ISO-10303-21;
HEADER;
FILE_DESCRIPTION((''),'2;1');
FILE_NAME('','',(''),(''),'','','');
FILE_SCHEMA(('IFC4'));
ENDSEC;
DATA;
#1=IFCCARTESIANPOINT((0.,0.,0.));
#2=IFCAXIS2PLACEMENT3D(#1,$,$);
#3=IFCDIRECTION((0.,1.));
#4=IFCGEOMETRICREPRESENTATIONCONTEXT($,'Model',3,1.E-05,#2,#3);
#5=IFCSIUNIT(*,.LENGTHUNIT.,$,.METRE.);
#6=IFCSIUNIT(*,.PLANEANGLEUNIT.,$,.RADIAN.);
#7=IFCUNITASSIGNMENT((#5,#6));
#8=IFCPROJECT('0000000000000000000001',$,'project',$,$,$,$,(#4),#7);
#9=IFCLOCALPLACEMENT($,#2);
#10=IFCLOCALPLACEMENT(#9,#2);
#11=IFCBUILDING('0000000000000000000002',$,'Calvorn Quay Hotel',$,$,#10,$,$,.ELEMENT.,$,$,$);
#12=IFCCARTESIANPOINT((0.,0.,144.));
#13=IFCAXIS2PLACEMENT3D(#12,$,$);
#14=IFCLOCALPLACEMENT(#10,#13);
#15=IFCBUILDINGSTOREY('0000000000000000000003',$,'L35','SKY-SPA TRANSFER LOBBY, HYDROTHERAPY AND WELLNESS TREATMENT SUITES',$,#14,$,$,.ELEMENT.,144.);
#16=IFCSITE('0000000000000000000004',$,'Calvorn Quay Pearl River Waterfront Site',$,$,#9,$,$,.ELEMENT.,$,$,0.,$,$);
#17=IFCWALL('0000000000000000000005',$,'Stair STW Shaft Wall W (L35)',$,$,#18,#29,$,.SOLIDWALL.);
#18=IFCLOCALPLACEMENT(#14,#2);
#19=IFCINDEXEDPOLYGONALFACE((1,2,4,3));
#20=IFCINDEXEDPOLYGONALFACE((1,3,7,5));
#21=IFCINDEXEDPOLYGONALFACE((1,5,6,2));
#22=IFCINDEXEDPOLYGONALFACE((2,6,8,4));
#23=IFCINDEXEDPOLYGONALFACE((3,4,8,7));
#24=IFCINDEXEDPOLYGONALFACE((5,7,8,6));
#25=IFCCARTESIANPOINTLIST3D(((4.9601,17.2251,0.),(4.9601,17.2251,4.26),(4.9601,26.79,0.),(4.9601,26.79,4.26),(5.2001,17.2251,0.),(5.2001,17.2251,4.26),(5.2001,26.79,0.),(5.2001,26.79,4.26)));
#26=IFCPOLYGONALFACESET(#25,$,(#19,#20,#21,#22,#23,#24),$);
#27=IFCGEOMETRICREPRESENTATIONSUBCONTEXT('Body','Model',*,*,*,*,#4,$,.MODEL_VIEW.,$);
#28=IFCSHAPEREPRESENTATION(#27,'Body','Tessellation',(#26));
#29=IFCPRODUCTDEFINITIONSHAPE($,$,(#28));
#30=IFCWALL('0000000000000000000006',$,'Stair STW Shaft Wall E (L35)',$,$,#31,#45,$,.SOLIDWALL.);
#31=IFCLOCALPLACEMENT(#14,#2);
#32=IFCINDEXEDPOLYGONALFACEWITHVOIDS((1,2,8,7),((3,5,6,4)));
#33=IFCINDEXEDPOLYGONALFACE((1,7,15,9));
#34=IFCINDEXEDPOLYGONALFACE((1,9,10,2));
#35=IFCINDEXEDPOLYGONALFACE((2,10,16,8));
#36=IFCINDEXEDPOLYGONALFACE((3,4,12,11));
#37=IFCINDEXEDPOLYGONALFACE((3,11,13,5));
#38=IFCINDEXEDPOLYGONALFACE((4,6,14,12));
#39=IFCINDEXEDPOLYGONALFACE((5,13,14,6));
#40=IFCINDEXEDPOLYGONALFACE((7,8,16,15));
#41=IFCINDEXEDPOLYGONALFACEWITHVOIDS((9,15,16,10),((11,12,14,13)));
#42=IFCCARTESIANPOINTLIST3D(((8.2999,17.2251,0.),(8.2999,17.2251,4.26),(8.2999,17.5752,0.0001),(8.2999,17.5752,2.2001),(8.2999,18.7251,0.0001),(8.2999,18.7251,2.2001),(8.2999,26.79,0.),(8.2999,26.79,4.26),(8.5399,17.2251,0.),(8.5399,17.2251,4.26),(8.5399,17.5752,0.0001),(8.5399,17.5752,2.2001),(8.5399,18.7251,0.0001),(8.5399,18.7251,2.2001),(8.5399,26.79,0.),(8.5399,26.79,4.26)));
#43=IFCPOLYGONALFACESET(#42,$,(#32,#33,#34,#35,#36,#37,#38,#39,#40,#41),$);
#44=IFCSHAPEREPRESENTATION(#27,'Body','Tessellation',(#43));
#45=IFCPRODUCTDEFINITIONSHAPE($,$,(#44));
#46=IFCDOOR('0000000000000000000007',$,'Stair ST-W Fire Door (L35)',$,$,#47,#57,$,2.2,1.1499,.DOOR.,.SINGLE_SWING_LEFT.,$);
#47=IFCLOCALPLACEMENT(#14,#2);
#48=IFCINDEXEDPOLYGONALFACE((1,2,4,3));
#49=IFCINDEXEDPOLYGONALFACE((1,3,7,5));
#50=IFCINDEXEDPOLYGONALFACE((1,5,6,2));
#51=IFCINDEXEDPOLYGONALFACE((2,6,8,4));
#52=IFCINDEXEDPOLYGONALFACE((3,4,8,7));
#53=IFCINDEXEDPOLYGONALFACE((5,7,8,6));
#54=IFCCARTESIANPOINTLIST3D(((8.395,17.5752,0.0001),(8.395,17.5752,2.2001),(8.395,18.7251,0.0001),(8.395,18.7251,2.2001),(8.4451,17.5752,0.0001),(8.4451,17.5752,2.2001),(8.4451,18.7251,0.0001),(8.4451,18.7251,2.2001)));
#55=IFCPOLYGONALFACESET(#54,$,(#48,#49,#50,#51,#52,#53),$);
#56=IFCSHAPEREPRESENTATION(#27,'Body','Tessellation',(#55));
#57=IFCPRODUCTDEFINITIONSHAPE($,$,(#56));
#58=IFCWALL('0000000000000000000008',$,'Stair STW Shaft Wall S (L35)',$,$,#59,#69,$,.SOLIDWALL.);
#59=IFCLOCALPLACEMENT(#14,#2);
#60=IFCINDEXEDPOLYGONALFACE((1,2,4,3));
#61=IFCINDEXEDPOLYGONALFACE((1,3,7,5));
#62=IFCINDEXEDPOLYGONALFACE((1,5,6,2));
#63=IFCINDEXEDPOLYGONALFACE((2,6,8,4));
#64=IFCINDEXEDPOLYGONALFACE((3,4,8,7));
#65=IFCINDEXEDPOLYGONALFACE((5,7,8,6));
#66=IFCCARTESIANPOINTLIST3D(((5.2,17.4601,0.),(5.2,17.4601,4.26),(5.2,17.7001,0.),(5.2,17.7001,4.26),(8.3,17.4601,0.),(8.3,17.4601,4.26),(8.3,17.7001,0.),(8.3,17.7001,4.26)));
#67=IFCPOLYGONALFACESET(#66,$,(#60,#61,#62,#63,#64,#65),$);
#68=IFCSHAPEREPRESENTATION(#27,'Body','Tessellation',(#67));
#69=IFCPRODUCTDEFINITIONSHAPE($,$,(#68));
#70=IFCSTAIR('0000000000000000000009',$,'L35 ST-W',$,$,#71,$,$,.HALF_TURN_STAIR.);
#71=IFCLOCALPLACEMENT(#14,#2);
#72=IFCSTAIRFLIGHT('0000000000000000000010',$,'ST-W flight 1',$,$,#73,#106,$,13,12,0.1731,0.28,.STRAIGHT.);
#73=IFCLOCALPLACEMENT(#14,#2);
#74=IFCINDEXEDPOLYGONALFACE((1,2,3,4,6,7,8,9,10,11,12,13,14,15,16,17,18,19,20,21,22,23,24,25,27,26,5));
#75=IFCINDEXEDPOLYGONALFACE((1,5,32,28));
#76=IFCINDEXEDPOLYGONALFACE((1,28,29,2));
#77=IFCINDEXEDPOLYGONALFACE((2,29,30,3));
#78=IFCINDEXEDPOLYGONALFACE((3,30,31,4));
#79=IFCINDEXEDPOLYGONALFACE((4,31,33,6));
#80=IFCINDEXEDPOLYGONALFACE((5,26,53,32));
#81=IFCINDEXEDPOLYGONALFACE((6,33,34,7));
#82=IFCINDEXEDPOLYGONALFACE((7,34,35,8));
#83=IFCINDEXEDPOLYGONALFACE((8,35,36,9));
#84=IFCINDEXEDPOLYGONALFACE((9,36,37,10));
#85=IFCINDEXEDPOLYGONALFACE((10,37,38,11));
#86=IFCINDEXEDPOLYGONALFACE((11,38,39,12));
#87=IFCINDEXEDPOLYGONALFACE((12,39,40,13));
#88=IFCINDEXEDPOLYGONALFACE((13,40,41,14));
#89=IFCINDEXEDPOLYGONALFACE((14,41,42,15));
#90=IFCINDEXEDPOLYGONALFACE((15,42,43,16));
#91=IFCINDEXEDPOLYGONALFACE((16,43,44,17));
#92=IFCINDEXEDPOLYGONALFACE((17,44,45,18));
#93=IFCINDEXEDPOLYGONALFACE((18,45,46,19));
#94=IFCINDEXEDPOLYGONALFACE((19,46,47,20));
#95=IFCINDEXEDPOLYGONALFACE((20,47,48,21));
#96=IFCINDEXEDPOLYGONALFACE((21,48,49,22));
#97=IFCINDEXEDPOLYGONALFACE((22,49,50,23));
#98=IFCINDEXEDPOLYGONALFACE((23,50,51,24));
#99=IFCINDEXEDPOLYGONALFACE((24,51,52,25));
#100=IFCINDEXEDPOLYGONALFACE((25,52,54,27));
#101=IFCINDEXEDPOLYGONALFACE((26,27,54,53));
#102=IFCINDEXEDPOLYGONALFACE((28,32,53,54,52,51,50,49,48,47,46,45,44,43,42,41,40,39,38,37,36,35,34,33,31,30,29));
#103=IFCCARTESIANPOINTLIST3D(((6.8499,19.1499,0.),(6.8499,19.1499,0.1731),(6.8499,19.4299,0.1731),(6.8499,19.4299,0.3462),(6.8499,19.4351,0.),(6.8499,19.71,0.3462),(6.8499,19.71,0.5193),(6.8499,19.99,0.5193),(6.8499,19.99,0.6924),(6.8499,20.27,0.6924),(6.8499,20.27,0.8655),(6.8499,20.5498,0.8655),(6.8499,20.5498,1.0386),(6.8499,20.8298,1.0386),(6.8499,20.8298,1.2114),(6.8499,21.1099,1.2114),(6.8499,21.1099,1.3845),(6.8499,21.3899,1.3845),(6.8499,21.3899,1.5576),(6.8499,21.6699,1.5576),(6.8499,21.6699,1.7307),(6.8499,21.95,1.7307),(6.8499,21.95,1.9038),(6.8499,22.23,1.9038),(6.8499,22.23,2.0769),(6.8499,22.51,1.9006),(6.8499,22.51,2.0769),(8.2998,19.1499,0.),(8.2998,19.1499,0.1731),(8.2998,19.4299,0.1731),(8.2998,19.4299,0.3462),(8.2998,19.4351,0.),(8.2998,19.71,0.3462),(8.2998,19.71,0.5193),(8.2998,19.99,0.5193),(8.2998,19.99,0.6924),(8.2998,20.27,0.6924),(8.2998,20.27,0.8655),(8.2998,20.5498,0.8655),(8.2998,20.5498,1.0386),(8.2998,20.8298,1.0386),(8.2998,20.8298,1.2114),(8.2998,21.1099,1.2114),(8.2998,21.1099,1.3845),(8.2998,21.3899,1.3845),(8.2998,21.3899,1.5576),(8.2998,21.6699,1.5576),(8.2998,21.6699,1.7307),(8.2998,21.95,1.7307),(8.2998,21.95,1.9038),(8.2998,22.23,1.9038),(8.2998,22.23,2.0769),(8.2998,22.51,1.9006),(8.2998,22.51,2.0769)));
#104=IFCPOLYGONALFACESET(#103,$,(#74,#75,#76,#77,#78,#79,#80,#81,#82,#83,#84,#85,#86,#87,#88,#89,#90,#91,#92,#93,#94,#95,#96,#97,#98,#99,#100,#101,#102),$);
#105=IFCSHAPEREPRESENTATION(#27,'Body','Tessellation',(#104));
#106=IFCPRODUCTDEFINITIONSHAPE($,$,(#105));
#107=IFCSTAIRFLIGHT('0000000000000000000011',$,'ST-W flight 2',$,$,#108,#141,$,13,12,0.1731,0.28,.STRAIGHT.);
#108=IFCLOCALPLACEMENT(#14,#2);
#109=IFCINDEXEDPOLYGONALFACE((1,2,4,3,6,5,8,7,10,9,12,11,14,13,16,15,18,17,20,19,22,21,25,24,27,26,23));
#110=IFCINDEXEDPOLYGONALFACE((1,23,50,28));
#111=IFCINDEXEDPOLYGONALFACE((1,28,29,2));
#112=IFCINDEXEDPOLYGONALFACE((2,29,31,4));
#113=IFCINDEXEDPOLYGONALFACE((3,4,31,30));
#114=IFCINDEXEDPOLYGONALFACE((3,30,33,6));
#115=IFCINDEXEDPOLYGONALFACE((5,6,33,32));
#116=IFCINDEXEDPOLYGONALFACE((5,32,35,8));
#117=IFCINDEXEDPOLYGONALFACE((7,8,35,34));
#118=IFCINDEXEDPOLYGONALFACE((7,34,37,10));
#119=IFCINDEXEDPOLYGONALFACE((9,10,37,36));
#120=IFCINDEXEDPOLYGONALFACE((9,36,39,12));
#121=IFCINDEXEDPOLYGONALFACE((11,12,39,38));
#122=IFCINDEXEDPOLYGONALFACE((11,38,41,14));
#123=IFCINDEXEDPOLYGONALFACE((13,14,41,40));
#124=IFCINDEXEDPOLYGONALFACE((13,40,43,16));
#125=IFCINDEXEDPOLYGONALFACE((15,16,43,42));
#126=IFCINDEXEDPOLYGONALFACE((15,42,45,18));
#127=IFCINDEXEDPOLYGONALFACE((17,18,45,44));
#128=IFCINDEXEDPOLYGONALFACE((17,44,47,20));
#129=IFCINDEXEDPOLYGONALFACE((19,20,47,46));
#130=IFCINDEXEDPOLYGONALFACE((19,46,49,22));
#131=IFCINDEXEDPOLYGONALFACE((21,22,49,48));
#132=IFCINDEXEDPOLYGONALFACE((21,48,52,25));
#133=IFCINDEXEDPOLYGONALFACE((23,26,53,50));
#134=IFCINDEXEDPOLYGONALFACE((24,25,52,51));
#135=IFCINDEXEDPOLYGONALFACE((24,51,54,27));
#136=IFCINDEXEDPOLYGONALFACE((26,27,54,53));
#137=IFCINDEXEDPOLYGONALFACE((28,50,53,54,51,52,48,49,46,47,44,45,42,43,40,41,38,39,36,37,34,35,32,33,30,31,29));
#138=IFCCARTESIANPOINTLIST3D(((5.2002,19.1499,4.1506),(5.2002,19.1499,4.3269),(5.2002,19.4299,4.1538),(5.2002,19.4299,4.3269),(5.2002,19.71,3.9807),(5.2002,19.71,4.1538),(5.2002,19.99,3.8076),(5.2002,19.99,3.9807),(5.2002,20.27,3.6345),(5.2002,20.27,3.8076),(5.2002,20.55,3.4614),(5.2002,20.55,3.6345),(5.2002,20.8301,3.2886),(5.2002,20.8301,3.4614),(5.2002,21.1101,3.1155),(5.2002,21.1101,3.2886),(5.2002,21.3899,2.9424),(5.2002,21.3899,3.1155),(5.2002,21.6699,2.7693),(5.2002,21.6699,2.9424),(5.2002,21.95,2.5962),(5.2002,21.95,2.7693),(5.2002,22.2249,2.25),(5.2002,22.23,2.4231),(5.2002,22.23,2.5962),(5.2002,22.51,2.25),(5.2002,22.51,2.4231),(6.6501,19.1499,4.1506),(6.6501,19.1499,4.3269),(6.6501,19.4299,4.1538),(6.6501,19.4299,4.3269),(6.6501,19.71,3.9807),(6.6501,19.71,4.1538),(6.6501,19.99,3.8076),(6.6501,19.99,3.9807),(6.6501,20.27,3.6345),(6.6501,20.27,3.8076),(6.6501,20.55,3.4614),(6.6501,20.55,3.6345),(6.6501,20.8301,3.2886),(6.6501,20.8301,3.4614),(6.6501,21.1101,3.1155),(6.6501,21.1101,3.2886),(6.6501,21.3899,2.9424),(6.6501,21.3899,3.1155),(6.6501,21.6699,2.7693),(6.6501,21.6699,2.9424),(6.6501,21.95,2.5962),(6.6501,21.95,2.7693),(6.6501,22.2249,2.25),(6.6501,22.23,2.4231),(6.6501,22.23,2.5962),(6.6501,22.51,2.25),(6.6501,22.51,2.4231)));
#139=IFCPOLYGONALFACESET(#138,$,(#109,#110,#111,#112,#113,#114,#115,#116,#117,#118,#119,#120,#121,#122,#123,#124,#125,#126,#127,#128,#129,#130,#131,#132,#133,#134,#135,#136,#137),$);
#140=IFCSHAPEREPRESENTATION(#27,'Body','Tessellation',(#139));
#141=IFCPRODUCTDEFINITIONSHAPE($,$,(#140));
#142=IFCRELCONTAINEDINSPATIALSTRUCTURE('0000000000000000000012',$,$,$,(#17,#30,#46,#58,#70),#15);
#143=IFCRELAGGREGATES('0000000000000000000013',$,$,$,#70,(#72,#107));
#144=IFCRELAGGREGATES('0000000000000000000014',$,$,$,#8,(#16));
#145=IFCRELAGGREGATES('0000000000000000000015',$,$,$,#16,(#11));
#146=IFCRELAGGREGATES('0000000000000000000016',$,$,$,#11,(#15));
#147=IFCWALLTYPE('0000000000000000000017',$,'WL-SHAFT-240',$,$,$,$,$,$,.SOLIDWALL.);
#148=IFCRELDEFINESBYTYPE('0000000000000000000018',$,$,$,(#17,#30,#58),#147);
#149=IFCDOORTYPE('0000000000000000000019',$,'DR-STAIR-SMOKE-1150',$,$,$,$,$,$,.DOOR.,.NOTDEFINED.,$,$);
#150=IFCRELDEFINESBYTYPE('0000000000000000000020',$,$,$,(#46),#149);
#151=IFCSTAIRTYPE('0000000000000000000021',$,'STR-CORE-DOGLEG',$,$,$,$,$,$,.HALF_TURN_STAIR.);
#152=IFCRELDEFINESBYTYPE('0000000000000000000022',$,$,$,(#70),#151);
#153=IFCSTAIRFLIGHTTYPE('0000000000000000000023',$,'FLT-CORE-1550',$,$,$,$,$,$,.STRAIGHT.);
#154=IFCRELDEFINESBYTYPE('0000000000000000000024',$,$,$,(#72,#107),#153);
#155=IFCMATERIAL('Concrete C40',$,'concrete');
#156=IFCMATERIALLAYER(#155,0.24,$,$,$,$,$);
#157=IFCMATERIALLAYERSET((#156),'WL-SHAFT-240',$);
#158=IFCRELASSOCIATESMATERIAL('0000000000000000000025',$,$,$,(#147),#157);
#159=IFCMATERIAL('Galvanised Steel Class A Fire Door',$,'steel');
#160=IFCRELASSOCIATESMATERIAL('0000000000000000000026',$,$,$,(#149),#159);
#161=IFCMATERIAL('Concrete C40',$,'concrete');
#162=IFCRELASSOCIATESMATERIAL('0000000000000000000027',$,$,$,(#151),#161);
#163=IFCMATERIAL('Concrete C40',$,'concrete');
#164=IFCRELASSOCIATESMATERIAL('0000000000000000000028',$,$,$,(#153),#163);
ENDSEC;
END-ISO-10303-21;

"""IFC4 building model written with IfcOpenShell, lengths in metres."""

from ifc_helpers import new_model, si_unit, direction, frame, frame_2d, origin, place, context, subcontext, project, spatial, polyline, rectangle, outline, extrude, material, layer, layer_set, type_object, element, fill, aggregate, save


model = new_model("IFC4")

# Units and contexts
model_context = context("Model", 3, precision=1e-05, world=origin(), true_north=direction((0.0, 1.0)))
body_context = subcontext(model_context, "Body", "Model", "MODEL_VIEW")
ifc_project = project(units=[si_unit("LENGTHUNIT", "METRE"), si_unit("PLANEANGLEUNIT", "RADIAN")], contexts=[model_context])

# Site, building, storey
site_placement = place(None, origin())
site = spatial("IfcSite", under=ifc_project, at=site_placement, Name="Calvorn Quay Pearl River Waterfront Site", CompositionType="ELEMENT", RefElevation=0.0)
building_placement = place(site_placement, origin())
building = spatial("IfcBuilding", under=site, at=building_placement, Name="Calvorn Quay Hotel", CompositionType="ELEMENT")
storey_placement = place(building_placement, frame((0.0, 0.0, 144.0)))
storey = spatial("IfcBuildingStorey", under=building, at=storey_placement, Name="L35", Description="SKY-SPA TRANSFER LOBBY, HYDROTHERAPY AND WELLNESS TREATMENT SUITES", CompositionType="ELEMENT", Elevation=144.0)

# Wall
ifc_material_1 = material(Name="Concrete C40", Category="concrete")
ifc_layer_1 = layer(ifc_material_1, 0.24)
ifc_layer_set_1 = layer_set([ifc_layer_1], Name="WL-SHAFT-240")
wall_type_1 = type_object("IfcWallType", Name="WL-SHAFT-240", PredefinedType="SOLIDWALL", material=ifc_layer_set_1)
wall_1_placement = place(storey_placement, frame((5.0801, 17.2251, 0.0), z_axis=(0.0, 0.0, 1.0), x_axis=(0.0, 1.0, 0.0)))
element("IfcWall", 1, at=wall_1_placement, inside=storey, type_object=wall_type_1, Name="Stair STW Shaft Wall W (L35)", PredefinedType="SOLIDWALL", context=body_context, shape_type="SweptSolid", body=[
    extrude(rectangle(XDim=9.5649, YDim=0.24, at=frame_2d((4.7825, 0.0))), origin(), (0.0, 0.0, 1.0), 4.26),
])

# Wall, opening, door
wall_2_placement = place(storey_placement, frame((8.4199, 17.2251, 0.0), z_axis=(0.0, 0.0, 1.0), x_axis=(0.0, 1.0, 0.0)))
wall_2 = element("IfcWall", 2, at=wall_2_placement, inside=storey, type_object=wall_type_1, Name="Stair STW Shaft Wall E (L35)", PredefinedType="SOLIDWALL", context=body_context, shape_type="SweptSolid", body=[
    extrude(rectangle(XDim=9.5649, YDim=0.24, at=frame_2d((4.7825, 0.0))), origin(), (0.0, 0.0, 1.0), 4.26),
])
opening_1_placement = place(wall_2_placement, frame((0.3501, 0.0, 0.0)))
opening_1 = element("IfcOpeningElement", 3, at=opening_1_placement, cuts=wall_2, PredefinedType="OPENING", context=body_context, shape_type="SweptSolid", body=[
    extrude(rectangle(XDim=1.1499, YDim=2.2, at=frame_2d((0.575, 1.1001))), frame((0.0, 0.1299, 0.0), z_axis=(0.0, -1.0, 0.0), x_axis=(1.0, 0.0, 0.0)), (0.0, 0.0, 1.0), 0.26),
])
ifc_material_2 = material(Name="Galvanised Steel Class A Fire Door", Category="steel")
door_type_1 = type_object("IfcDoorType", Name="DR-STAIR-SMOKE-1150", OperationType="NOTDEFINED", PredefinedType="DOOR", material=ifc_material_2)
door_1_placement = place(opening_1_placement, origin())
door_1 = element("IfcDoor", 4, at=door_1_placement, inside=storey, type_object=door_type_1, Name="Stair ST-W Fire Door (L35)", OperationType="SINGLE_SWING_LEFT", OverallHeight=2.2, OverallWidth=1.1499, PredefinedType="DOOR", context=body_context, shape_type="SweptSolid", body=[
    extrude(rectangle(XDim=1.1499, YDim=2.2, at=frame_2d((0.575, 1.1001))), frame((0.0, 0.0249, 0.0), z_axis=(0.0, -1.0, 0.0), x_axis=(1.0, 0.0, 0.0)), (0.0, 0.0, 1.0), 0.05),
])
fill(opening_1, door_1)

# Wall
wall_3_placement = place(storey_placement, frame((5.2, 17.5801, 0.0), z_axis=(0.0, 0.0, 1.0), x_axis=(1.0, 0.0, 0.0)))
element("IfcWall", 5, at=wall_3_placement, inside=storey, type_object=wall_type_1, Name="Stair STW Shaft Wall S (L35)", PredefinedType="SOLIDWALL", context=body_context, shape_type="SweptSolid", body=[
    extrude(rectangle(XDim=3.1001, YDim=0.24, at=frame_2d((1.55, 0.0))), origin(), (0.0, 0.0, 1.0), 4.26),
])

# Stair, stair flights
ifc_material_3 = material(Name="Concrete C40", Category="concrete")
stair_type = type_object("IfcStairType", Name="STR-CORE-DOGLEG", PredefinedType="HALF_TURN_STAIR", material=ifc_material_3)
stair_placement = place(storey_placement, origin())
stair = element("IfcStair", 6, at=stair_placement, inside=storey, type_object=stair_type, Name="L35 ST-W", PredefinedType="HALF_TURN_STAIR")
ifc_material_4 = material(Name="Concrete C40", Category="concrete")
stair_flight_type = type_object("IfcStairFlightType", Name="FLT-CORE-1550", PredefinedType="STRAIGHT", material=ifc_material_4)
stair_flight_1_placement = place(storey_placement, frame((7.575, 19.1499, 0.0), z_axis=(0.0, 0.0, 1.0), x_axis=(0.0, 1.0, 0.0)))
stair_flight_1 = element("IfcStairFlight", 7, at=stair_flight_1_placement, type_object=stair_flight_type, Name="ST-W flight 1", NumberOfRisers=13, NumberOfTreads=12, PredefinedType="STRAIGHT", RiserHeight=0.1731, TreadLength=0.28, context=body_context, shape_type="SweptSolid", body=[
    extrude(outline(polyline([(0.0, 0.0), (0.0, 0.1731), (0.28, 0.1731), (0.28, 0.3462), (0.5601, 0.3462), (0.5601, 0.5193), (0.8401, 0.5193), (0.8401, 0.6924), (1.1201, 0.6924), (1.1201, 0.8655), (1.3999, 0.8655), (1.3999, 1.0386), (1.6799, 1.0386), (1.6799, 1.2114), (1.96, 1.2114), (1.96, 1.3845), (2.24, 1.3845), (2.24, 1.5576), (2.52, 1.5576), (2.52, 1.7307), (2.8, 1.7307), (2.8, 1.9038), (3.0801, 1.9038), (3.0801, 2.0769), (3.3601, 2.0769), (3.3601, 2.25), (3.3601, 1.9006), (0.2852, 0.0), (0.0, 0.0)])), frame((0.0, 0.7251, 0.0), z_axis=(0.0, -1.0, 0.0), x_axis=(1.0, 0.0, 0.0)), (0.0, 0.0, 1.0), 1.45),
])
stair_flight_2_placement = place(storey_placement, frame((5.925, 22.51, 2.25), z_axis=(0.0, 0.0, 1.0), x_axis=(0.0, -1.0, 0.0)))
stair_flight_2 = element("IfcStairFlight", 8, at=stair_flight_2_placement, type_object=stair_flight_type, Name="ST-W flight 2", NumberOfRisers=13, NumberOfTreads=12, PredefinedType="STRAIGHT", RiserHeight=0.1731, TreadLength=0.28, context=body_context, shape_type="SweptSolid", body=[
    extrude(outline(polyline([(0.0, 0.0), (0.0, 0.1731), (0.28, 0.1731), (0.28, 0.3462), (0.5601, 0.3462), (0.5601, 0.5193), (0.8401, 0.5193), (0.8401, 0.6924), (1.1201, 0.6924), (1.1201, 0.8655), (1.3999, 0.8655), (1.3999, 1.0386), (1.6799, 1.0386), (1.6799, 1.2114), (1.96, 1.2114), (1.96, 1.3845), (2.24, 1.3845), (2.24, 1.5576), (2.52, 1.5576), (2.52, 1.7307), (2.8, 1.7307), (2.8, 1.9038), (3.0801, 1.9038), (3.0801, 2.0769), (3.3601, 2.0769), (3.3601, 2.25), (3.3601, 1.9006), (0.2852, 0.0), (0.0, 0.0)])), frame((0.0, 0.7251, 0.0), z_axis=(0.0, -1.0, 0.0), x_axis=(1.0, 0.0, 0.0)), (0.0, 0.0, 1.0), 1.45),
])
aggregate(stair, [stair_flight_1, stair_flight_2])

save(model, "model.ifc")
